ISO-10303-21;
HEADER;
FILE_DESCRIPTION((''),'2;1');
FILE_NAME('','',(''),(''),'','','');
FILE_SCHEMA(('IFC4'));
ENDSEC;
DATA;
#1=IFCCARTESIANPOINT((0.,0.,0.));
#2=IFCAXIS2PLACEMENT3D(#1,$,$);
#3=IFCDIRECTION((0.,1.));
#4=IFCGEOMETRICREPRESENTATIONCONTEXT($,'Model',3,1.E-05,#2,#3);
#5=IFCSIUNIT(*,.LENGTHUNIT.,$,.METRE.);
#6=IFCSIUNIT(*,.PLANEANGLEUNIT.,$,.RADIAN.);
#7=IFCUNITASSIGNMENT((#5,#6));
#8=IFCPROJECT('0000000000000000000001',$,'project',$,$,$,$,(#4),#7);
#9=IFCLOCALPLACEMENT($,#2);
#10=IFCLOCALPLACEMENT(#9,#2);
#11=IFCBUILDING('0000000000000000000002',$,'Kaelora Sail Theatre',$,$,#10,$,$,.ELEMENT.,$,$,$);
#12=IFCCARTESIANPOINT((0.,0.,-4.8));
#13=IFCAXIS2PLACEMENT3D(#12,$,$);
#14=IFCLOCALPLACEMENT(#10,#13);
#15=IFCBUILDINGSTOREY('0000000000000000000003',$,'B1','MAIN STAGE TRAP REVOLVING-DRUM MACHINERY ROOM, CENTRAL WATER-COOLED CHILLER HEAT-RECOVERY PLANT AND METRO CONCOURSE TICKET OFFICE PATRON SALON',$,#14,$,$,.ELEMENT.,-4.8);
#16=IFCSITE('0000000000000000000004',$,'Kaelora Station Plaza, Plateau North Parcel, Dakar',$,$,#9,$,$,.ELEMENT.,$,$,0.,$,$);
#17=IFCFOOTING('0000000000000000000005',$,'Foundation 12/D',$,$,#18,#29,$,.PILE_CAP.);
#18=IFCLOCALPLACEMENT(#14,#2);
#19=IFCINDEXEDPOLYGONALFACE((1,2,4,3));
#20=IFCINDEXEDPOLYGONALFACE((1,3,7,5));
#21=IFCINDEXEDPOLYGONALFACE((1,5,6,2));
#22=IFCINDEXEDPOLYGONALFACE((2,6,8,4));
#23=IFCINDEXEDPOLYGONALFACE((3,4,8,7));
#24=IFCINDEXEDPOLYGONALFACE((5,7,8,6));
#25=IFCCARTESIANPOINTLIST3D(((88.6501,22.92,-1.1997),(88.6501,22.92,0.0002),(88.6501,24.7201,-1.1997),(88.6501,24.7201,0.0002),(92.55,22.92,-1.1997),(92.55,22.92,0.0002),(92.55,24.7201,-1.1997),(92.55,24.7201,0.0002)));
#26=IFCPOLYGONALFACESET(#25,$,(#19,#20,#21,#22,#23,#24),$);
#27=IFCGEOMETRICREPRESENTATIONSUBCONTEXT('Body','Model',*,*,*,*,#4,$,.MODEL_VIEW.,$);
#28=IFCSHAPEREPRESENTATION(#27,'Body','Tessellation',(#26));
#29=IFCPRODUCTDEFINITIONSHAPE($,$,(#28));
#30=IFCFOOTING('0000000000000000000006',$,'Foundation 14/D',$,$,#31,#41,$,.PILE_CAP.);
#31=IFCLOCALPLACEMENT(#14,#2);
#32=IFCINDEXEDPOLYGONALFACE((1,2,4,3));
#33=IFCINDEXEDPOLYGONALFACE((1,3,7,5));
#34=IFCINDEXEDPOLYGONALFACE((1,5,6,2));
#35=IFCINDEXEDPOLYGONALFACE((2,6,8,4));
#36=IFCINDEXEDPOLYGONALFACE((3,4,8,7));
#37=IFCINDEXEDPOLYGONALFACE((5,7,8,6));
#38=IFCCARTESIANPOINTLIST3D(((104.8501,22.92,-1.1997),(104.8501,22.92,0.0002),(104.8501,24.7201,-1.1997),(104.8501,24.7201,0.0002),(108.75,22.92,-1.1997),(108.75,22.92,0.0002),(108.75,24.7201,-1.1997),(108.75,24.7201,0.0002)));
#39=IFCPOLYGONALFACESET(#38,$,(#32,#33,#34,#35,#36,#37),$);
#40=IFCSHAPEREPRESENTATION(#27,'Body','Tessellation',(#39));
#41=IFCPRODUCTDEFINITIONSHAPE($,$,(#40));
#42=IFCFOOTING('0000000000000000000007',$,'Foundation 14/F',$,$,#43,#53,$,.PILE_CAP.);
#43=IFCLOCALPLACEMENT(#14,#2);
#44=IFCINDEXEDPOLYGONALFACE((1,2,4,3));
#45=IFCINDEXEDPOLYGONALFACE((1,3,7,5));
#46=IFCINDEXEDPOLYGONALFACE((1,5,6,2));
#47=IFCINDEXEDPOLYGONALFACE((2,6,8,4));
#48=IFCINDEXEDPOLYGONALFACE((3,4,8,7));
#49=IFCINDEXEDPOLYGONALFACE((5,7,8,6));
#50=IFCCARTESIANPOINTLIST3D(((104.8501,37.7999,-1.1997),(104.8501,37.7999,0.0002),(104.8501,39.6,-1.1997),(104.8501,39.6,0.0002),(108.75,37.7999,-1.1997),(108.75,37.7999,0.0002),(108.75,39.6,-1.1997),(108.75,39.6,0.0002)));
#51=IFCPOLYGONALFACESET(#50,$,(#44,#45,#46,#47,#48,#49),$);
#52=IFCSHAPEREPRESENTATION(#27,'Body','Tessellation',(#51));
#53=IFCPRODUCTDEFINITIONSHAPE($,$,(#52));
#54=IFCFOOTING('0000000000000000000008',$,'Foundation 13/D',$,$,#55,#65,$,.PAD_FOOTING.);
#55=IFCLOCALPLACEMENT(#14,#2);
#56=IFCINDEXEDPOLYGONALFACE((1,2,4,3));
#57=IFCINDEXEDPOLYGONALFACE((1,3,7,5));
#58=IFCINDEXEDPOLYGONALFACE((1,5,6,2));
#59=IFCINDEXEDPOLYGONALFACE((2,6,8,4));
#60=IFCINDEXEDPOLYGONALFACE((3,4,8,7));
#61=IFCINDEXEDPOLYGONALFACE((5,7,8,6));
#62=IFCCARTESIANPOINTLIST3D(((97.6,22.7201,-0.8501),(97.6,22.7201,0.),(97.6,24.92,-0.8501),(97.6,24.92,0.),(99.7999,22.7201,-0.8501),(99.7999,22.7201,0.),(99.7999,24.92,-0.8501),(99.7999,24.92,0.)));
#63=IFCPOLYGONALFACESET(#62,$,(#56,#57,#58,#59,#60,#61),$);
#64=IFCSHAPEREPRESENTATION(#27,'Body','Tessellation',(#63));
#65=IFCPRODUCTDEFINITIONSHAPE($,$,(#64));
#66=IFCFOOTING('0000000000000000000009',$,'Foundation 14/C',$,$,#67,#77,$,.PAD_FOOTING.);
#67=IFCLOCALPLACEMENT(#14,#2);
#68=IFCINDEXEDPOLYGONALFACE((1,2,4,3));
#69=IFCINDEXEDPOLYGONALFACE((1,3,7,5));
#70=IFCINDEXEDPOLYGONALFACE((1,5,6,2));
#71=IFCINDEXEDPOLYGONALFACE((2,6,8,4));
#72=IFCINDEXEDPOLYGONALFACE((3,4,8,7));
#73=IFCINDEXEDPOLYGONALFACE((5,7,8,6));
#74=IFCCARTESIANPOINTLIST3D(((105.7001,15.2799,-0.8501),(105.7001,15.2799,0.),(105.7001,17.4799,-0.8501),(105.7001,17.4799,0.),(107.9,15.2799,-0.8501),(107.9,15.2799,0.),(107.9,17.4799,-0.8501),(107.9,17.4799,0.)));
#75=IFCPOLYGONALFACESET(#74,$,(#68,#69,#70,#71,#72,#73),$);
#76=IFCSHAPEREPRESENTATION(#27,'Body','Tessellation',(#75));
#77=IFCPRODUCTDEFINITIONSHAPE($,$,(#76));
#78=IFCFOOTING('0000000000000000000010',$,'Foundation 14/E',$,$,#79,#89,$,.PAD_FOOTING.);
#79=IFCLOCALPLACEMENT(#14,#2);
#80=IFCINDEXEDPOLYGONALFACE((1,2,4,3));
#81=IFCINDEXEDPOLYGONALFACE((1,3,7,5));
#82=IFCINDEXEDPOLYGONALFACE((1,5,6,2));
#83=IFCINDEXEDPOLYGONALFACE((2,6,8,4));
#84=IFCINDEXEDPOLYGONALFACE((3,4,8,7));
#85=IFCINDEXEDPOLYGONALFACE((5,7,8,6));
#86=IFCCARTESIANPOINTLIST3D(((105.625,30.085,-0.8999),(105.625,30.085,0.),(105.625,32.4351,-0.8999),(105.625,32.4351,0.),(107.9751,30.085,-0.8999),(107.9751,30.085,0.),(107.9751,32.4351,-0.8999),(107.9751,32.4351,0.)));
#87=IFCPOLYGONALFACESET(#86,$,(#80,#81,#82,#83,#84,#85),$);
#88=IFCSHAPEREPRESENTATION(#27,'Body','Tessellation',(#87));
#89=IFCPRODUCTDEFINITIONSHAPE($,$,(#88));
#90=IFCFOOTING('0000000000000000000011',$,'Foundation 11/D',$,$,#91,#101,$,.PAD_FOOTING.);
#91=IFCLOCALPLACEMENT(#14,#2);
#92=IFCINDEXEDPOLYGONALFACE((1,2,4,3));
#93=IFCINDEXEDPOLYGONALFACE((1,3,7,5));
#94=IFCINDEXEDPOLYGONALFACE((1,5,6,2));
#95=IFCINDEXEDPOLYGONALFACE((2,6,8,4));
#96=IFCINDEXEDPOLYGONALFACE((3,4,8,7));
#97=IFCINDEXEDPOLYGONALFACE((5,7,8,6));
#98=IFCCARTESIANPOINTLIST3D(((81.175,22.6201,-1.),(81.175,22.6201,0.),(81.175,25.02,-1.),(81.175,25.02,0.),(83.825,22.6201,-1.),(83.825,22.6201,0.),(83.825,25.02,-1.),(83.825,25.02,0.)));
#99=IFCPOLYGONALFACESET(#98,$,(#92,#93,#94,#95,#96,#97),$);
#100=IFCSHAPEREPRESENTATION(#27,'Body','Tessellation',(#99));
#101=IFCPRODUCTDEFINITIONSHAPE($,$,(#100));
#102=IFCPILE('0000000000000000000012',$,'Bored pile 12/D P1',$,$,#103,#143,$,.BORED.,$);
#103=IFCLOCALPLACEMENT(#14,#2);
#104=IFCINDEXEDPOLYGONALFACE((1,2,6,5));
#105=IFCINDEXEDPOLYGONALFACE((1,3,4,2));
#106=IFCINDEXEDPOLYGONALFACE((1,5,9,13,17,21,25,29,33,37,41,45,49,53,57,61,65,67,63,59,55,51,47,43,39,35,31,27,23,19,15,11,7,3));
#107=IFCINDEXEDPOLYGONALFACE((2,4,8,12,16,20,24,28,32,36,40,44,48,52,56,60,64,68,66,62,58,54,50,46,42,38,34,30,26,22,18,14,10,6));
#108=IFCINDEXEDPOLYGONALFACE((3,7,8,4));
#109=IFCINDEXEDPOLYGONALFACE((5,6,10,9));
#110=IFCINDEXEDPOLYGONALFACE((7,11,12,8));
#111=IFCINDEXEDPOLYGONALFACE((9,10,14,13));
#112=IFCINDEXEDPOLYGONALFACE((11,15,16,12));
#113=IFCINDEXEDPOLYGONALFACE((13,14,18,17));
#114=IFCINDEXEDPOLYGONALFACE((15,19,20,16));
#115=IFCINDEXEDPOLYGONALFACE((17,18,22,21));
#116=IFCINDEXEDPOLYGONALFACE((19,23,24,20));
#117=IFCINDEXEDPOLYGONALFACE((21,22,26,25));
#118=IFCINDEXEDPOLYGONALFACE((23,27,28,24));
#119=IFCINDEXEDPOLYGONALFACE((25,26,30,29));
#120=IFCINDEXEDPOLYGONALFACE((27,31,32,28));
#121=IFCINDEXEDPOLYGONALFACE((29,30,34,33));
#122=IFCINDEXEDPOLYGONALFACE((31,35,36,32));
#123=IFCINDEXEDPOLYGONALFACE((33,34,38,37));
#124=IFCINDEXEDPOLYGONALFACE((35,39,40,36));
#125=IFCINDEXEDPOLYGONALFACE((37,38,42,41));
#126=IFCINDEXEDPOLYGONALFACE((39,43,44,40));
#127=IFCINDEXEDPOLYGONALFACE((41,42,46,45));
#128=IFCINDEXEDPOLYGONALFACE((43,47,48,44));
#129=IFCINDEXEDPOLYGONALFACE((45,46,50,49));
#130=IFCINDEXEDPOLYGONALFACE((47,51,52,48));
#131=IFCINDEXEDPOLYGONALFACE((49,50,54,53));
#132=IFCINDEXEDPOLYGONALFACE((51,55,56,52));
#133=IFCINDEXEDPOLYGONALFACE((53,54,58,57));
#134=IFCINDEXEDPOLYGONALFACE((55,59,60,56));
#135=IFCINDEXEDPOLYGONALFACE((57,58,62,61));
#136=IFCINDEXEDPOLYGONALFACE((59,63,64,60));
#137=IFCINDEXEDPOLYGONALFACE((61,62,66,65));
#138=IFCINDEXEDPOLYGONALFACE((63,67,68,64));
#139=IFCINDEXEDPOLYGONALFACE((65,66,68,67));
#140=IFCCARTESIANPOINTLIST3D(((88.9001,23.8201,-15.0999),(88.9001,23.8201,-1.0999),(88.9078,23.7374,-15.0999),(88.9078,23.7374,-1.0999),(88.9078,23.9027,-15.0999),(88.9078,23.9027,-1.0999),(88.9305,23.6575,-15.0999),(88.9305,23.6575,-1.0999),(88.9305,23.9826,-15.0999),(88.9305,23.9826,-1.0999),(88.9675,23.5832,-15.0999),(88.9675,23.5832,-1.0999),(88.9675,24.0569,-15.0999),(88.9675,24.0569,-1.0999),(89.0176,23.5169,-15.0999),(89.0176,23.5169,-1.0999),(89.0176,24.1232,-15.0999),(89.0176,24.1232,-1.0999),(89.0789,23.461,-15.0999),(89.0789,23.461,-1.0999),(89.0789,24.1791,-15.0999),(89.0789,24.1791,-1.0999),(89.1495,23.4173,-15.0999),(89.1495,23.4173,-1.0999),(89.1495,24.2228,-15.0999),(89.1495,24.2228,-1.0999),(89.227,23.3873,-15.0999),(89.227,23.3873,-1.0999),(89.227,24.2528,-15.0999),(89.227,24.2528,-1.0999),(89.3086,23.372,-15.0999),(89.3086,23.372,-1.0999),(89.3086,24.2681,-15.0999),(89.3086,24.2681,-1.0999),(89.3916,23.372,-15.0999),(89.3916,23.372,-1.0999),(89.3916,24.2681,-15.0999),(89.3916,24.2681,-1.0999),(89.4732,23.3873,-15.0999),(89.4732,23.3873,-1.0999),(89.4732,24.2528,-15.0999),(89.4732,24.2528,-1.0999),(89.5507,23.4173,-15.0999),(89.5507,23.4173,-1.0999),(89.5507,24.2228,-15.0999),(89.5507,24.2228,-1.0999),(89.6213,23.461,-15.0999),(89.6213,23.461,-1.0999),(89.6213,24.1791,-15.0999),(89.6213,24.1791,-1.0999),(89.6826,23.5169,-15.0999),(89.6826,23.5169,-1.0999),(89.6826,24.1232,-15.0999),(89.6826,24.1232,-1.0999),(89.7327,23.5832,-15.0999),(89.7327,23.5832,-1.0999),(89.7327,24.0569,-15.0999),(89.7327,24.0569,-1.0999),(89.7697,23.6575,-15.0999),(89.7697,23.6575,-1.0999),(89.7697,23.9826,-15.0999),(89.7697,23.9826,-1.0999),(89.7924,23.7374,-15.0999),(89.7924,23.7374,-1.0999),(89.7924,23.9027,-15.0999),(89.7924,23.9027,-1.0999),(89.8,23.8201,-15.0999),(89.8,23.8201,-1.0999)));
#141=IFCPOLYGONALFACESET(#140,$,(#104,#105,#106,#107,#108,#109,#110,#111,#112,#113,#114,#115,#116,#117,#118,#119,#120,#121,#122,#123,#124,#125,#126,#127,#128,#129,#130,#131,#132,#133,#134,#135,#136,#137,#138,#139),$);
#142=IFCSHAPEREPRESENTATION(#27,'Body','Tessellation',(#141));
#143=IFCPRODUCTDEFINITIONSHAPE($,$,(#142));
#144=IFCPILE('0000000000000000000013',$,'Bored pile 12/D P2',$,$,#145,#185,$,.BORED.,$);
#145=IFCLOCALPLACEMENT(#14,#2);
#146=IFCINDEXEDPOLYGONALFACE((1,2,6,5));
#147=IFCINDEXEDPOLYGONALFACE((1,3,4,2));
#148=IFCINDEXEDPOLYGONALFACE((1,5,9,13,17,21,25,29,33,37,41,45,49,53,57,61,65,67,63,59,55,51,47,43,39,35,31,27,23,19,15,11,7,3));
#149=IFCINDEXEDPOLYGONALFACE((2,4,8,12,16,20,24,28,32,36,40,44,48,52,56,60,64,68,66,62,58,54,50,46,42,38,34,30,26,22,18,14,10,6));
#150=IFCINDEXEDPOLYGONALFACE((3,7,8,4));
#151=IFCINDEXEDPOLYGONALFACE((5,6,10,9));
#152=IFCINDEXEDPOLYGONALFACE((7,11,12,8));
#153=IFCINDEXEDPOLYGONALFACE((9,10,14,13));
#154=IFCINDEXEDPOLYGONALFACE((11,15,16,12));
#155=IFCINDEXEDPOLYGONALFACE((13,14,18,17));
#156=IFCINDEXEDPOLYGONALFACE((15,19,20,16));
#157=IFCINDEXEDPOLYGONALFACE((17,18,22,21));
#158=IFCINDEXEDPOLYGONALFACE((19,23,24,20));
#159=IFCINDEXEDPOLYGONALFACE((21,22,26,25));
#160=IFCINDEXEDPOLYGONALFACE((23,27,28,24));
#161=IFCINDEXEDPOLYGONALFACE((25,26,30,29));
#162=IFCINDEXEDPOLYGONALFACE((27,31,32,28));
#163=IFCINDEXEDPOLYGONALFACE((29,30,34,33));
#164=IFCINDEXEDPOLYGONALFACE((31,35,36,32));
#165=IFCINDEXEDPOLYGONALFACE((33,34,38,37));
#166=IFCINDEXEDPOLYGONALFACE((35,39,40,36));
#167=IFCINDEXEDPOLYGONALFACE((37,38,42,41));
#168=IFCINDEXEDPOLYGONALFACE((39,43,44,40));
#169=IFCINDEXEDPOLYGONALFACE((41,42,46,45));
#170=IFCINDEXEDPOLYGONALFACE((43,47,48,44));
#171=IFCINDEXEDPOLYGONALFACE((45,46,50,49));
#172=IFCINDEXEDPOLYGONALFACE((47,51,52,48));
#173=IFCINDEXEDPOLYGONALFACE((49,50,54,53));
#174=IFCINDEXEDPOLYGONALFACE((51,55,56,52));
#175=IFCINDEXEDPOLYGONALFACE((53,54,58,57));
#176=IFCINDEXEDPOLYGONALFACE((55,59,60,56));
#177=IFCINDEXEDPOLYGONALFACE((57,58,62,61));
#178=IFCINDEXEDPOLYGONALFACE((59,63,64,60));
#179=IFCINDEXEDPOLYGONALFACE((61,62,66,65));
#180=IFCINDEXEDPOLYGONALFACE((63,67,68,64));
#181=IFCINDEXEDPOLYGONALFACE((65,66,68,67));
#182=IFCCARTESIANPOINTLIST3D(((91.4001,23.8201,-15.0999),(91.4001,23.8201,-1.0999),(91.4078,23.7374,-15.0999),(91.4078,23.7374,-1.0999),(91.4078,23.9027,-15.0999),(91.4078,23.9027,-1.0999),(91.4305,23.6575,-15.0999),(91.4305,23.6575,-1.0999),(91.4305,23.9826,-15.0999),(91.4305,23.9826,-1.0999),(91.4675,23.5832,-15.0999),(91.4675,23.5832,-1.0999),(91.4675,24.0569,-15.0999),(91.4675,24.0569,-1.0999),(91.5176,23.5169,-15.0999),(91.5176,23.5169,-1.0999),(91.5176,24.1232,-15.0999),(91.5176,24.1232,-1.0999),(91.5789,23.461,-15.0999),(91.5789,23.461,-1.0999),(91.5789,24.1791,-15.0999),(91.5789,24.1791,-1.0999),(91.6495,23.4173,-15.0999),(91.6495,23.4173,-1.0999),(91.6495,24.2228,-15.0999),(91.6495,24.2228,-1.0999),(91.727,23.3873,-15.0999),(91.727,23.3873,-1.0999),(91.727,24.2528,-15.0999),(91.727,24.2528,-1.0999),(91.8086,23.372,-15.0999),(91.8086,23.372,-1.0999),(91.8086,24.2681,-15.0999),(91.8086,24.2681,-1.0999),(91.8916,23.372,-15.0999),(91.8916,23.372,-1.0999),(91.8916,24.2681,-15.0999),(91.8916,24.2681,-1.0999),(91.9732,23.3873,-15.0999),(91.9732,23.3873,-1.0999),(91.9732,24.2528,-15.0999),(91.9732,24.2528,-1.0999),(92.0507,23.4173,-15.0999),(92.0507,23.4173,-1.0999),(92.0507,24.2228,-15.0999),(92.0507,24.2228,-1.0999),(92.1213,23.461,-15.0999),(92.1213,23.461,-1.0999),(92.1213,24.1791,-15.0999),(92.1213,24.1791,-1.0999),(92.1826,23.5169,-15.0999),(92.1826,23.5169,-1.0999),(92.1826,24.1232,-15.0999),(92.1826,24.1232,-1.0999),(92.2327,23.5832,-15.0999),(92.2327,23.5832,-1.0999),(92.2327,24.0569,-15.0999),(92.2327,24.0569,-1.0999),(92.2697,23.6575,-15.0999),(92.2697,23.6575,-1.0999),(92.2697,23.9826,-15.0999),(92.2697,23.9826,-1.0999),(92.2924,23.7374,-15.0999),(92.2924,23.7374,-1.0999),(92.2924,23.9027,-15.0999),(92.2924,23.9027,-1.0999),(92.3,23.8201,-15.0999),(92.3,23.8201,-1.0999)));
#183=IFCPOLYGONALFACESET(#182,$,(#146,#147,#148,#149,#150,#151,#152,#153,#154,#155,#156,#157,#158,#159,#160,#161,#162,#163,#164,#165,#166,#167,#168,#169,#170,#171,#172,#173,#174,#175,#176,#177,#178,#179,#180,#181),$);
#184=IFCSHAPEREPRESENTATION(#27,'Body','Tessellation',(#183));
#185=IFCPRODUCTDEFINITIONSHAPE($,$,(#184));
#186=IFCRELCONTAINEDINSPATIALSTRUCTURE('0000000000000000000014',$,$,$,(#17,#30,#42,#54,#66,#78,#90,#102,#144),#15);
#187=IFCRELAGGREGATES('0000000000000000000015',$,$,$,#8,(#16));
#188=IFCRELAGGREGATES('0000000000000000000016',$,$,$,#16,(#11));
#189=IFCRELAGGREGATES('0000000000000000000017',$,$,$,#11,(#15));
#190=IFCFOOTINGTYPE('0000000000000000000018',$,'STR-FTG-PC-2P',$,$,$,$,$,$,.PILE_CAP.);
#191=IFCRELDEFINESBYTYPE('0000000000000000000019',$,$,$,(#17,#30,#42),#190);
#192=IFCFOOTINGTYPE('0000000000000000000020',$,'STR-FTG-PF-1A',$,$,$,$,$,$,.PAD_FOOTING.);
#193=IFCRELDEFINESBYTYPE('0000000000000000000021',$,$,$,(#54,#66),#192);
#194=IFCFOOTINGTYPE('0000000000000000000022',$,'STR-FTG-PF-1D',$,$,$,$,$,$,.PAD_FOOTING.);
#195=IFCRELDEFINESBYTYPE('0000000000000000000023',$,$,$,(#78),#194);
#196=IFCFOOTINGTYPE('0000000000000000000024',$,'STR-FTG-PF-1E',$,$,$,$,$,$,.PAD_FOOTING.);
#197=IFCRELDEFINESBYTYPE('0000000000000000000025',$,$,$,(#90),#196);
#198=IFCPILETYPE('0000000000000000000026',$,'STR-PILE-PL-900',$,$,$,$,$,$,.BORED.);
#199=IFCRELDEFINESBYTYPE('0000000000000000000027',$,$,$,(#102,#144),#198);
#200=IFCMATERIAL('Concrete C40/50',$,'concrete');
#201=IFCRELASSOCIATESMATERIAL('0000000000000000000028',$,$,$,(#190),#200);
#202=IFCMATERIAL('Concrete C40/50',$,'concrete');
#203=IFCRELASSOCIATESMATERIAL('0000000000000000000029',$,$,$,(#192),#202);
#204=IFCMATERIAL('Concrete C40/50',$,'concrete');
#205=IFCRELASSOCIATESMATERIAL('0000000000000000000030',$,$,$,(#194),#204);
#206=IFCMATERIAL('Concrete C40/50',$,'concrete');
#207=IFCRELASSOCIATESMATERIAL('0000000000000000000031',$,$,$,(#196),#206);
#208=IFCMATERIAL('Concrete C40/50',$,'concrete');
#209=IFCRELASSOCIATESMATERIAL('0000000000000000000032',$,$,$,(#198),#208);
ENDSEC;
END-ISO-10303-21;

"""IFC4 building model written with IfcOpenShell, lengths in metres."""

from ifc_helpers import new_model, si_unit, direction, frame, origin, origin_2d, place, context, subcontext, project, spatial, rectangle, circle, extrude, material, material_profile, profile_set, type_object, element, save


model = new_model("IFC4")

# Units and contexts
model_context = context("Model", 3, precision=1e-05, world=origin(), true_north=direction((0.0, 1.0)))
body_context = subcontext(model_context, "Body", "Model", "MODEL_VIEW")
ifc_project = project(units=[si_unit("LENGTHUNIT", "METRE"), si_unit("PLANEANGLEUNIT", "RADIAN")], contexts=[model_context])

# Site, building, storey
site_placement = place(None, origin())
site = spatial("IfcSite", under=ifc_project, at=site_placement, Name="Kaelora Station Plaza, Plateau North Parcel, Dakar", CompositionType="ELEMENT", RefElevation=0.0)
building_placement = place(site_placement, origin())
building = spatial("IfcBuilding", under=site, at=building_placement, Name="Kaelora Sail Theatre", CompositionType="ELEMENT")
storey_placement = place(building_placement, frame((0.0, 0.0, -4.8)))
storey = spatial("IfcBuildingStorey", under=building, at=storey_placement, Name="B1", Description="MAIN STAGE TRAP REVOLVING-DRUM MACHINERY ROOM, CENTRAL WATER-COOLED CHILLER HEAT-RECOVERY PLANT AND METRO CONCOURSE TICKET OFFICE PATRON SALON", CompositionType="ELEMENT", Elevation=-4.8)

# Footings
ifc_material_1 = material(Name="Concrete C40/50", Category="concrete")
footing_type_1 = type_object("IfcFootingType", Name="STR-FTG-PC-2P", PredefinedType="PILE_CAP", material=ifc_material_1)
for number, where, z_axis, x_axis, name in (
    (1, (90.6001, 23.8201, -1.1997), (0.0, 0.0, 1.0), (1.0, 0.0, 0.0), "Foundation 12/D"),
    (2, (106.8, 23.8201, -1.1997), (0.0, 0.0, 1.0), (1.0, 0.0, 0.0), "Foundation 14/D"),
    (3, (106.8, 38.7, -1.1997), (0.0, 0.0, 1.0), (1.0, 0.0, 0.0), "Foundation 14/F"),
):
    element("IfcFooting", number, at=place(storey_placement, frame(where, z_axis=z_axis, x_axis=x_axis)), inside=storey, type_object=footing_type_1, Name=name, PredefinedType="PILE_CAP", context=body_context, shape_type="SweptSolid", body=[
        extrude(rectangle(XDim=3.8999, YDim=1.8, at=origin_2d()), origin(), (0.0, 0.0, 1.0), 1.2),
    ])
ifc_material_2 = material(Name="Concrete C40/50", Category="concrete")
footing_type_2 = type_object("IfcFootingType", Name="STR-FTG-PF-1A", PredefinedType="PAD_FOOTING", material=ifc_material_2)
for number, where, z_axis, x_axis, name in (
    (4, (98.7, 23.8201, -0.8501), (0.0, 0.0, 1.0), (1.0, 0.0, 0.0), "Foundation 13/D"),
    (5, (106.8, 16.3799, -0.8501), (0.0, 0.0, 1.0), (1.0, 0.0, 0.0), "Foundation 14/C"),
):
    element("IfcFooting", number, at=place(storey_placement, frame(where, z_axis=z_axis, x_axis=x_axis)), inside=storey, type_object=footing_type_2, Name=name, PredefinedType="PAD_FOOTING", context=body_context, shape_type="SweptSolid", body=[
        extrude(rectangle(XDim=2.2, YDim=2.2, at=origin_2d()), origin(), (0.0, 0.0, 1.0), 0.8501),
    ])
ifc_material_3 = material(Name="Concrete C40/50", Category="concrete")
footing_type_3 = type_object("IfcFootingType", Name="STR-FTG-PF-1D", PredefinedType="PAD_FOOTING", material=ifc_material_3)
footing_1_placement = place(storey_placement, frame((106.8, 31.26, -0.8999), z_axis=(0.0, 0.0, 1.0), x_axis=(1.0, 0.0, 0.0)))
element("IfcFooting", 6, at=footing_1_placement, inside=storey, type_object=footing_type_3, Name="Foundation 14/E", PredefinedType="PAD_FOOTING", context=body_context, shape_type="SweptSolid", body=[
    extrude(rectangle(XDim=2.3501, YDim=2.3501, at=origin_2d()), origin(), (0.0, 0.0, 1.0), 0.8999),
])
ifc_material_4 = material(Name="Concrete C40/50", Category="concrete")
footing_type_4 = type_object("IfcFootingType", Name="STR-FTG-PF-1E", PredefinedType="PAD_FOOTING", material=ifc_material_4)
footing_2_placement = place(storey_placement, frame((82.5, 23.8201, -1.0), z_axis=(0.0, 0.0, 1.0), x_axis=(1.0, 0.0, 0.0)))
element("IfcFooting", 7, at=footing_2_placement, inside=storey, type_object=footing_type_4, Name="Foundation 11/D", PredefinedType="PAD_FOOTING", context=body_context, shape_type="SweptSolid", body=[
    extrude(rectangle(XDim=2.6499, YDim=2.3999, at=origin_2d()), origin(), (0.0, 0.0, 1.0), 1.0),
])

# Piles
ifc_material_5 = material(Name="Concrete C40/50", Category="concrete")
ifc_material_profile_1 = material_profile(ifc_material_5, circle(Radius=0.45, at=origin_2d()), Name="PILE D900")
ifc_profile_set_1 = profile_set([ifc_material_profile_1], Name="Concrete C40/50")
pile_type = type_object("IfcPileType", Name="STR-PILE-PL-900", PredefinedType="BORED", material=ifc_profile_set_1)
for number, where, z_axis, x_axis, name in (
    (8, (89.3501, 23.8201, -1.0999), (0.0, 0.0, -1.0), (1.0, 0.0, 0.0), "Bored pile 12/D P1"),
    (9, (91.8501, 23.8201, -1.0999), (0.0, 0.0, -1.0), (1.0, 0.0, 0.0), "Bored pile 12/D P2"),
):
    element("IfcPile", number, at=place(storey_placement, frame(where, z_axis=z_axis, x_axis=x_axis)), inside=storey, type_object=pile_type, Name=name, PredefinedType="BORED", context=body_context, shape_type="SweptSolid", body=[
        extrude(circle(Radius=0.45, at=origin_2d()), origin(), (0.0, 0.0, 1.0), 14.0),
    ])

save(model, "model.ifc")
